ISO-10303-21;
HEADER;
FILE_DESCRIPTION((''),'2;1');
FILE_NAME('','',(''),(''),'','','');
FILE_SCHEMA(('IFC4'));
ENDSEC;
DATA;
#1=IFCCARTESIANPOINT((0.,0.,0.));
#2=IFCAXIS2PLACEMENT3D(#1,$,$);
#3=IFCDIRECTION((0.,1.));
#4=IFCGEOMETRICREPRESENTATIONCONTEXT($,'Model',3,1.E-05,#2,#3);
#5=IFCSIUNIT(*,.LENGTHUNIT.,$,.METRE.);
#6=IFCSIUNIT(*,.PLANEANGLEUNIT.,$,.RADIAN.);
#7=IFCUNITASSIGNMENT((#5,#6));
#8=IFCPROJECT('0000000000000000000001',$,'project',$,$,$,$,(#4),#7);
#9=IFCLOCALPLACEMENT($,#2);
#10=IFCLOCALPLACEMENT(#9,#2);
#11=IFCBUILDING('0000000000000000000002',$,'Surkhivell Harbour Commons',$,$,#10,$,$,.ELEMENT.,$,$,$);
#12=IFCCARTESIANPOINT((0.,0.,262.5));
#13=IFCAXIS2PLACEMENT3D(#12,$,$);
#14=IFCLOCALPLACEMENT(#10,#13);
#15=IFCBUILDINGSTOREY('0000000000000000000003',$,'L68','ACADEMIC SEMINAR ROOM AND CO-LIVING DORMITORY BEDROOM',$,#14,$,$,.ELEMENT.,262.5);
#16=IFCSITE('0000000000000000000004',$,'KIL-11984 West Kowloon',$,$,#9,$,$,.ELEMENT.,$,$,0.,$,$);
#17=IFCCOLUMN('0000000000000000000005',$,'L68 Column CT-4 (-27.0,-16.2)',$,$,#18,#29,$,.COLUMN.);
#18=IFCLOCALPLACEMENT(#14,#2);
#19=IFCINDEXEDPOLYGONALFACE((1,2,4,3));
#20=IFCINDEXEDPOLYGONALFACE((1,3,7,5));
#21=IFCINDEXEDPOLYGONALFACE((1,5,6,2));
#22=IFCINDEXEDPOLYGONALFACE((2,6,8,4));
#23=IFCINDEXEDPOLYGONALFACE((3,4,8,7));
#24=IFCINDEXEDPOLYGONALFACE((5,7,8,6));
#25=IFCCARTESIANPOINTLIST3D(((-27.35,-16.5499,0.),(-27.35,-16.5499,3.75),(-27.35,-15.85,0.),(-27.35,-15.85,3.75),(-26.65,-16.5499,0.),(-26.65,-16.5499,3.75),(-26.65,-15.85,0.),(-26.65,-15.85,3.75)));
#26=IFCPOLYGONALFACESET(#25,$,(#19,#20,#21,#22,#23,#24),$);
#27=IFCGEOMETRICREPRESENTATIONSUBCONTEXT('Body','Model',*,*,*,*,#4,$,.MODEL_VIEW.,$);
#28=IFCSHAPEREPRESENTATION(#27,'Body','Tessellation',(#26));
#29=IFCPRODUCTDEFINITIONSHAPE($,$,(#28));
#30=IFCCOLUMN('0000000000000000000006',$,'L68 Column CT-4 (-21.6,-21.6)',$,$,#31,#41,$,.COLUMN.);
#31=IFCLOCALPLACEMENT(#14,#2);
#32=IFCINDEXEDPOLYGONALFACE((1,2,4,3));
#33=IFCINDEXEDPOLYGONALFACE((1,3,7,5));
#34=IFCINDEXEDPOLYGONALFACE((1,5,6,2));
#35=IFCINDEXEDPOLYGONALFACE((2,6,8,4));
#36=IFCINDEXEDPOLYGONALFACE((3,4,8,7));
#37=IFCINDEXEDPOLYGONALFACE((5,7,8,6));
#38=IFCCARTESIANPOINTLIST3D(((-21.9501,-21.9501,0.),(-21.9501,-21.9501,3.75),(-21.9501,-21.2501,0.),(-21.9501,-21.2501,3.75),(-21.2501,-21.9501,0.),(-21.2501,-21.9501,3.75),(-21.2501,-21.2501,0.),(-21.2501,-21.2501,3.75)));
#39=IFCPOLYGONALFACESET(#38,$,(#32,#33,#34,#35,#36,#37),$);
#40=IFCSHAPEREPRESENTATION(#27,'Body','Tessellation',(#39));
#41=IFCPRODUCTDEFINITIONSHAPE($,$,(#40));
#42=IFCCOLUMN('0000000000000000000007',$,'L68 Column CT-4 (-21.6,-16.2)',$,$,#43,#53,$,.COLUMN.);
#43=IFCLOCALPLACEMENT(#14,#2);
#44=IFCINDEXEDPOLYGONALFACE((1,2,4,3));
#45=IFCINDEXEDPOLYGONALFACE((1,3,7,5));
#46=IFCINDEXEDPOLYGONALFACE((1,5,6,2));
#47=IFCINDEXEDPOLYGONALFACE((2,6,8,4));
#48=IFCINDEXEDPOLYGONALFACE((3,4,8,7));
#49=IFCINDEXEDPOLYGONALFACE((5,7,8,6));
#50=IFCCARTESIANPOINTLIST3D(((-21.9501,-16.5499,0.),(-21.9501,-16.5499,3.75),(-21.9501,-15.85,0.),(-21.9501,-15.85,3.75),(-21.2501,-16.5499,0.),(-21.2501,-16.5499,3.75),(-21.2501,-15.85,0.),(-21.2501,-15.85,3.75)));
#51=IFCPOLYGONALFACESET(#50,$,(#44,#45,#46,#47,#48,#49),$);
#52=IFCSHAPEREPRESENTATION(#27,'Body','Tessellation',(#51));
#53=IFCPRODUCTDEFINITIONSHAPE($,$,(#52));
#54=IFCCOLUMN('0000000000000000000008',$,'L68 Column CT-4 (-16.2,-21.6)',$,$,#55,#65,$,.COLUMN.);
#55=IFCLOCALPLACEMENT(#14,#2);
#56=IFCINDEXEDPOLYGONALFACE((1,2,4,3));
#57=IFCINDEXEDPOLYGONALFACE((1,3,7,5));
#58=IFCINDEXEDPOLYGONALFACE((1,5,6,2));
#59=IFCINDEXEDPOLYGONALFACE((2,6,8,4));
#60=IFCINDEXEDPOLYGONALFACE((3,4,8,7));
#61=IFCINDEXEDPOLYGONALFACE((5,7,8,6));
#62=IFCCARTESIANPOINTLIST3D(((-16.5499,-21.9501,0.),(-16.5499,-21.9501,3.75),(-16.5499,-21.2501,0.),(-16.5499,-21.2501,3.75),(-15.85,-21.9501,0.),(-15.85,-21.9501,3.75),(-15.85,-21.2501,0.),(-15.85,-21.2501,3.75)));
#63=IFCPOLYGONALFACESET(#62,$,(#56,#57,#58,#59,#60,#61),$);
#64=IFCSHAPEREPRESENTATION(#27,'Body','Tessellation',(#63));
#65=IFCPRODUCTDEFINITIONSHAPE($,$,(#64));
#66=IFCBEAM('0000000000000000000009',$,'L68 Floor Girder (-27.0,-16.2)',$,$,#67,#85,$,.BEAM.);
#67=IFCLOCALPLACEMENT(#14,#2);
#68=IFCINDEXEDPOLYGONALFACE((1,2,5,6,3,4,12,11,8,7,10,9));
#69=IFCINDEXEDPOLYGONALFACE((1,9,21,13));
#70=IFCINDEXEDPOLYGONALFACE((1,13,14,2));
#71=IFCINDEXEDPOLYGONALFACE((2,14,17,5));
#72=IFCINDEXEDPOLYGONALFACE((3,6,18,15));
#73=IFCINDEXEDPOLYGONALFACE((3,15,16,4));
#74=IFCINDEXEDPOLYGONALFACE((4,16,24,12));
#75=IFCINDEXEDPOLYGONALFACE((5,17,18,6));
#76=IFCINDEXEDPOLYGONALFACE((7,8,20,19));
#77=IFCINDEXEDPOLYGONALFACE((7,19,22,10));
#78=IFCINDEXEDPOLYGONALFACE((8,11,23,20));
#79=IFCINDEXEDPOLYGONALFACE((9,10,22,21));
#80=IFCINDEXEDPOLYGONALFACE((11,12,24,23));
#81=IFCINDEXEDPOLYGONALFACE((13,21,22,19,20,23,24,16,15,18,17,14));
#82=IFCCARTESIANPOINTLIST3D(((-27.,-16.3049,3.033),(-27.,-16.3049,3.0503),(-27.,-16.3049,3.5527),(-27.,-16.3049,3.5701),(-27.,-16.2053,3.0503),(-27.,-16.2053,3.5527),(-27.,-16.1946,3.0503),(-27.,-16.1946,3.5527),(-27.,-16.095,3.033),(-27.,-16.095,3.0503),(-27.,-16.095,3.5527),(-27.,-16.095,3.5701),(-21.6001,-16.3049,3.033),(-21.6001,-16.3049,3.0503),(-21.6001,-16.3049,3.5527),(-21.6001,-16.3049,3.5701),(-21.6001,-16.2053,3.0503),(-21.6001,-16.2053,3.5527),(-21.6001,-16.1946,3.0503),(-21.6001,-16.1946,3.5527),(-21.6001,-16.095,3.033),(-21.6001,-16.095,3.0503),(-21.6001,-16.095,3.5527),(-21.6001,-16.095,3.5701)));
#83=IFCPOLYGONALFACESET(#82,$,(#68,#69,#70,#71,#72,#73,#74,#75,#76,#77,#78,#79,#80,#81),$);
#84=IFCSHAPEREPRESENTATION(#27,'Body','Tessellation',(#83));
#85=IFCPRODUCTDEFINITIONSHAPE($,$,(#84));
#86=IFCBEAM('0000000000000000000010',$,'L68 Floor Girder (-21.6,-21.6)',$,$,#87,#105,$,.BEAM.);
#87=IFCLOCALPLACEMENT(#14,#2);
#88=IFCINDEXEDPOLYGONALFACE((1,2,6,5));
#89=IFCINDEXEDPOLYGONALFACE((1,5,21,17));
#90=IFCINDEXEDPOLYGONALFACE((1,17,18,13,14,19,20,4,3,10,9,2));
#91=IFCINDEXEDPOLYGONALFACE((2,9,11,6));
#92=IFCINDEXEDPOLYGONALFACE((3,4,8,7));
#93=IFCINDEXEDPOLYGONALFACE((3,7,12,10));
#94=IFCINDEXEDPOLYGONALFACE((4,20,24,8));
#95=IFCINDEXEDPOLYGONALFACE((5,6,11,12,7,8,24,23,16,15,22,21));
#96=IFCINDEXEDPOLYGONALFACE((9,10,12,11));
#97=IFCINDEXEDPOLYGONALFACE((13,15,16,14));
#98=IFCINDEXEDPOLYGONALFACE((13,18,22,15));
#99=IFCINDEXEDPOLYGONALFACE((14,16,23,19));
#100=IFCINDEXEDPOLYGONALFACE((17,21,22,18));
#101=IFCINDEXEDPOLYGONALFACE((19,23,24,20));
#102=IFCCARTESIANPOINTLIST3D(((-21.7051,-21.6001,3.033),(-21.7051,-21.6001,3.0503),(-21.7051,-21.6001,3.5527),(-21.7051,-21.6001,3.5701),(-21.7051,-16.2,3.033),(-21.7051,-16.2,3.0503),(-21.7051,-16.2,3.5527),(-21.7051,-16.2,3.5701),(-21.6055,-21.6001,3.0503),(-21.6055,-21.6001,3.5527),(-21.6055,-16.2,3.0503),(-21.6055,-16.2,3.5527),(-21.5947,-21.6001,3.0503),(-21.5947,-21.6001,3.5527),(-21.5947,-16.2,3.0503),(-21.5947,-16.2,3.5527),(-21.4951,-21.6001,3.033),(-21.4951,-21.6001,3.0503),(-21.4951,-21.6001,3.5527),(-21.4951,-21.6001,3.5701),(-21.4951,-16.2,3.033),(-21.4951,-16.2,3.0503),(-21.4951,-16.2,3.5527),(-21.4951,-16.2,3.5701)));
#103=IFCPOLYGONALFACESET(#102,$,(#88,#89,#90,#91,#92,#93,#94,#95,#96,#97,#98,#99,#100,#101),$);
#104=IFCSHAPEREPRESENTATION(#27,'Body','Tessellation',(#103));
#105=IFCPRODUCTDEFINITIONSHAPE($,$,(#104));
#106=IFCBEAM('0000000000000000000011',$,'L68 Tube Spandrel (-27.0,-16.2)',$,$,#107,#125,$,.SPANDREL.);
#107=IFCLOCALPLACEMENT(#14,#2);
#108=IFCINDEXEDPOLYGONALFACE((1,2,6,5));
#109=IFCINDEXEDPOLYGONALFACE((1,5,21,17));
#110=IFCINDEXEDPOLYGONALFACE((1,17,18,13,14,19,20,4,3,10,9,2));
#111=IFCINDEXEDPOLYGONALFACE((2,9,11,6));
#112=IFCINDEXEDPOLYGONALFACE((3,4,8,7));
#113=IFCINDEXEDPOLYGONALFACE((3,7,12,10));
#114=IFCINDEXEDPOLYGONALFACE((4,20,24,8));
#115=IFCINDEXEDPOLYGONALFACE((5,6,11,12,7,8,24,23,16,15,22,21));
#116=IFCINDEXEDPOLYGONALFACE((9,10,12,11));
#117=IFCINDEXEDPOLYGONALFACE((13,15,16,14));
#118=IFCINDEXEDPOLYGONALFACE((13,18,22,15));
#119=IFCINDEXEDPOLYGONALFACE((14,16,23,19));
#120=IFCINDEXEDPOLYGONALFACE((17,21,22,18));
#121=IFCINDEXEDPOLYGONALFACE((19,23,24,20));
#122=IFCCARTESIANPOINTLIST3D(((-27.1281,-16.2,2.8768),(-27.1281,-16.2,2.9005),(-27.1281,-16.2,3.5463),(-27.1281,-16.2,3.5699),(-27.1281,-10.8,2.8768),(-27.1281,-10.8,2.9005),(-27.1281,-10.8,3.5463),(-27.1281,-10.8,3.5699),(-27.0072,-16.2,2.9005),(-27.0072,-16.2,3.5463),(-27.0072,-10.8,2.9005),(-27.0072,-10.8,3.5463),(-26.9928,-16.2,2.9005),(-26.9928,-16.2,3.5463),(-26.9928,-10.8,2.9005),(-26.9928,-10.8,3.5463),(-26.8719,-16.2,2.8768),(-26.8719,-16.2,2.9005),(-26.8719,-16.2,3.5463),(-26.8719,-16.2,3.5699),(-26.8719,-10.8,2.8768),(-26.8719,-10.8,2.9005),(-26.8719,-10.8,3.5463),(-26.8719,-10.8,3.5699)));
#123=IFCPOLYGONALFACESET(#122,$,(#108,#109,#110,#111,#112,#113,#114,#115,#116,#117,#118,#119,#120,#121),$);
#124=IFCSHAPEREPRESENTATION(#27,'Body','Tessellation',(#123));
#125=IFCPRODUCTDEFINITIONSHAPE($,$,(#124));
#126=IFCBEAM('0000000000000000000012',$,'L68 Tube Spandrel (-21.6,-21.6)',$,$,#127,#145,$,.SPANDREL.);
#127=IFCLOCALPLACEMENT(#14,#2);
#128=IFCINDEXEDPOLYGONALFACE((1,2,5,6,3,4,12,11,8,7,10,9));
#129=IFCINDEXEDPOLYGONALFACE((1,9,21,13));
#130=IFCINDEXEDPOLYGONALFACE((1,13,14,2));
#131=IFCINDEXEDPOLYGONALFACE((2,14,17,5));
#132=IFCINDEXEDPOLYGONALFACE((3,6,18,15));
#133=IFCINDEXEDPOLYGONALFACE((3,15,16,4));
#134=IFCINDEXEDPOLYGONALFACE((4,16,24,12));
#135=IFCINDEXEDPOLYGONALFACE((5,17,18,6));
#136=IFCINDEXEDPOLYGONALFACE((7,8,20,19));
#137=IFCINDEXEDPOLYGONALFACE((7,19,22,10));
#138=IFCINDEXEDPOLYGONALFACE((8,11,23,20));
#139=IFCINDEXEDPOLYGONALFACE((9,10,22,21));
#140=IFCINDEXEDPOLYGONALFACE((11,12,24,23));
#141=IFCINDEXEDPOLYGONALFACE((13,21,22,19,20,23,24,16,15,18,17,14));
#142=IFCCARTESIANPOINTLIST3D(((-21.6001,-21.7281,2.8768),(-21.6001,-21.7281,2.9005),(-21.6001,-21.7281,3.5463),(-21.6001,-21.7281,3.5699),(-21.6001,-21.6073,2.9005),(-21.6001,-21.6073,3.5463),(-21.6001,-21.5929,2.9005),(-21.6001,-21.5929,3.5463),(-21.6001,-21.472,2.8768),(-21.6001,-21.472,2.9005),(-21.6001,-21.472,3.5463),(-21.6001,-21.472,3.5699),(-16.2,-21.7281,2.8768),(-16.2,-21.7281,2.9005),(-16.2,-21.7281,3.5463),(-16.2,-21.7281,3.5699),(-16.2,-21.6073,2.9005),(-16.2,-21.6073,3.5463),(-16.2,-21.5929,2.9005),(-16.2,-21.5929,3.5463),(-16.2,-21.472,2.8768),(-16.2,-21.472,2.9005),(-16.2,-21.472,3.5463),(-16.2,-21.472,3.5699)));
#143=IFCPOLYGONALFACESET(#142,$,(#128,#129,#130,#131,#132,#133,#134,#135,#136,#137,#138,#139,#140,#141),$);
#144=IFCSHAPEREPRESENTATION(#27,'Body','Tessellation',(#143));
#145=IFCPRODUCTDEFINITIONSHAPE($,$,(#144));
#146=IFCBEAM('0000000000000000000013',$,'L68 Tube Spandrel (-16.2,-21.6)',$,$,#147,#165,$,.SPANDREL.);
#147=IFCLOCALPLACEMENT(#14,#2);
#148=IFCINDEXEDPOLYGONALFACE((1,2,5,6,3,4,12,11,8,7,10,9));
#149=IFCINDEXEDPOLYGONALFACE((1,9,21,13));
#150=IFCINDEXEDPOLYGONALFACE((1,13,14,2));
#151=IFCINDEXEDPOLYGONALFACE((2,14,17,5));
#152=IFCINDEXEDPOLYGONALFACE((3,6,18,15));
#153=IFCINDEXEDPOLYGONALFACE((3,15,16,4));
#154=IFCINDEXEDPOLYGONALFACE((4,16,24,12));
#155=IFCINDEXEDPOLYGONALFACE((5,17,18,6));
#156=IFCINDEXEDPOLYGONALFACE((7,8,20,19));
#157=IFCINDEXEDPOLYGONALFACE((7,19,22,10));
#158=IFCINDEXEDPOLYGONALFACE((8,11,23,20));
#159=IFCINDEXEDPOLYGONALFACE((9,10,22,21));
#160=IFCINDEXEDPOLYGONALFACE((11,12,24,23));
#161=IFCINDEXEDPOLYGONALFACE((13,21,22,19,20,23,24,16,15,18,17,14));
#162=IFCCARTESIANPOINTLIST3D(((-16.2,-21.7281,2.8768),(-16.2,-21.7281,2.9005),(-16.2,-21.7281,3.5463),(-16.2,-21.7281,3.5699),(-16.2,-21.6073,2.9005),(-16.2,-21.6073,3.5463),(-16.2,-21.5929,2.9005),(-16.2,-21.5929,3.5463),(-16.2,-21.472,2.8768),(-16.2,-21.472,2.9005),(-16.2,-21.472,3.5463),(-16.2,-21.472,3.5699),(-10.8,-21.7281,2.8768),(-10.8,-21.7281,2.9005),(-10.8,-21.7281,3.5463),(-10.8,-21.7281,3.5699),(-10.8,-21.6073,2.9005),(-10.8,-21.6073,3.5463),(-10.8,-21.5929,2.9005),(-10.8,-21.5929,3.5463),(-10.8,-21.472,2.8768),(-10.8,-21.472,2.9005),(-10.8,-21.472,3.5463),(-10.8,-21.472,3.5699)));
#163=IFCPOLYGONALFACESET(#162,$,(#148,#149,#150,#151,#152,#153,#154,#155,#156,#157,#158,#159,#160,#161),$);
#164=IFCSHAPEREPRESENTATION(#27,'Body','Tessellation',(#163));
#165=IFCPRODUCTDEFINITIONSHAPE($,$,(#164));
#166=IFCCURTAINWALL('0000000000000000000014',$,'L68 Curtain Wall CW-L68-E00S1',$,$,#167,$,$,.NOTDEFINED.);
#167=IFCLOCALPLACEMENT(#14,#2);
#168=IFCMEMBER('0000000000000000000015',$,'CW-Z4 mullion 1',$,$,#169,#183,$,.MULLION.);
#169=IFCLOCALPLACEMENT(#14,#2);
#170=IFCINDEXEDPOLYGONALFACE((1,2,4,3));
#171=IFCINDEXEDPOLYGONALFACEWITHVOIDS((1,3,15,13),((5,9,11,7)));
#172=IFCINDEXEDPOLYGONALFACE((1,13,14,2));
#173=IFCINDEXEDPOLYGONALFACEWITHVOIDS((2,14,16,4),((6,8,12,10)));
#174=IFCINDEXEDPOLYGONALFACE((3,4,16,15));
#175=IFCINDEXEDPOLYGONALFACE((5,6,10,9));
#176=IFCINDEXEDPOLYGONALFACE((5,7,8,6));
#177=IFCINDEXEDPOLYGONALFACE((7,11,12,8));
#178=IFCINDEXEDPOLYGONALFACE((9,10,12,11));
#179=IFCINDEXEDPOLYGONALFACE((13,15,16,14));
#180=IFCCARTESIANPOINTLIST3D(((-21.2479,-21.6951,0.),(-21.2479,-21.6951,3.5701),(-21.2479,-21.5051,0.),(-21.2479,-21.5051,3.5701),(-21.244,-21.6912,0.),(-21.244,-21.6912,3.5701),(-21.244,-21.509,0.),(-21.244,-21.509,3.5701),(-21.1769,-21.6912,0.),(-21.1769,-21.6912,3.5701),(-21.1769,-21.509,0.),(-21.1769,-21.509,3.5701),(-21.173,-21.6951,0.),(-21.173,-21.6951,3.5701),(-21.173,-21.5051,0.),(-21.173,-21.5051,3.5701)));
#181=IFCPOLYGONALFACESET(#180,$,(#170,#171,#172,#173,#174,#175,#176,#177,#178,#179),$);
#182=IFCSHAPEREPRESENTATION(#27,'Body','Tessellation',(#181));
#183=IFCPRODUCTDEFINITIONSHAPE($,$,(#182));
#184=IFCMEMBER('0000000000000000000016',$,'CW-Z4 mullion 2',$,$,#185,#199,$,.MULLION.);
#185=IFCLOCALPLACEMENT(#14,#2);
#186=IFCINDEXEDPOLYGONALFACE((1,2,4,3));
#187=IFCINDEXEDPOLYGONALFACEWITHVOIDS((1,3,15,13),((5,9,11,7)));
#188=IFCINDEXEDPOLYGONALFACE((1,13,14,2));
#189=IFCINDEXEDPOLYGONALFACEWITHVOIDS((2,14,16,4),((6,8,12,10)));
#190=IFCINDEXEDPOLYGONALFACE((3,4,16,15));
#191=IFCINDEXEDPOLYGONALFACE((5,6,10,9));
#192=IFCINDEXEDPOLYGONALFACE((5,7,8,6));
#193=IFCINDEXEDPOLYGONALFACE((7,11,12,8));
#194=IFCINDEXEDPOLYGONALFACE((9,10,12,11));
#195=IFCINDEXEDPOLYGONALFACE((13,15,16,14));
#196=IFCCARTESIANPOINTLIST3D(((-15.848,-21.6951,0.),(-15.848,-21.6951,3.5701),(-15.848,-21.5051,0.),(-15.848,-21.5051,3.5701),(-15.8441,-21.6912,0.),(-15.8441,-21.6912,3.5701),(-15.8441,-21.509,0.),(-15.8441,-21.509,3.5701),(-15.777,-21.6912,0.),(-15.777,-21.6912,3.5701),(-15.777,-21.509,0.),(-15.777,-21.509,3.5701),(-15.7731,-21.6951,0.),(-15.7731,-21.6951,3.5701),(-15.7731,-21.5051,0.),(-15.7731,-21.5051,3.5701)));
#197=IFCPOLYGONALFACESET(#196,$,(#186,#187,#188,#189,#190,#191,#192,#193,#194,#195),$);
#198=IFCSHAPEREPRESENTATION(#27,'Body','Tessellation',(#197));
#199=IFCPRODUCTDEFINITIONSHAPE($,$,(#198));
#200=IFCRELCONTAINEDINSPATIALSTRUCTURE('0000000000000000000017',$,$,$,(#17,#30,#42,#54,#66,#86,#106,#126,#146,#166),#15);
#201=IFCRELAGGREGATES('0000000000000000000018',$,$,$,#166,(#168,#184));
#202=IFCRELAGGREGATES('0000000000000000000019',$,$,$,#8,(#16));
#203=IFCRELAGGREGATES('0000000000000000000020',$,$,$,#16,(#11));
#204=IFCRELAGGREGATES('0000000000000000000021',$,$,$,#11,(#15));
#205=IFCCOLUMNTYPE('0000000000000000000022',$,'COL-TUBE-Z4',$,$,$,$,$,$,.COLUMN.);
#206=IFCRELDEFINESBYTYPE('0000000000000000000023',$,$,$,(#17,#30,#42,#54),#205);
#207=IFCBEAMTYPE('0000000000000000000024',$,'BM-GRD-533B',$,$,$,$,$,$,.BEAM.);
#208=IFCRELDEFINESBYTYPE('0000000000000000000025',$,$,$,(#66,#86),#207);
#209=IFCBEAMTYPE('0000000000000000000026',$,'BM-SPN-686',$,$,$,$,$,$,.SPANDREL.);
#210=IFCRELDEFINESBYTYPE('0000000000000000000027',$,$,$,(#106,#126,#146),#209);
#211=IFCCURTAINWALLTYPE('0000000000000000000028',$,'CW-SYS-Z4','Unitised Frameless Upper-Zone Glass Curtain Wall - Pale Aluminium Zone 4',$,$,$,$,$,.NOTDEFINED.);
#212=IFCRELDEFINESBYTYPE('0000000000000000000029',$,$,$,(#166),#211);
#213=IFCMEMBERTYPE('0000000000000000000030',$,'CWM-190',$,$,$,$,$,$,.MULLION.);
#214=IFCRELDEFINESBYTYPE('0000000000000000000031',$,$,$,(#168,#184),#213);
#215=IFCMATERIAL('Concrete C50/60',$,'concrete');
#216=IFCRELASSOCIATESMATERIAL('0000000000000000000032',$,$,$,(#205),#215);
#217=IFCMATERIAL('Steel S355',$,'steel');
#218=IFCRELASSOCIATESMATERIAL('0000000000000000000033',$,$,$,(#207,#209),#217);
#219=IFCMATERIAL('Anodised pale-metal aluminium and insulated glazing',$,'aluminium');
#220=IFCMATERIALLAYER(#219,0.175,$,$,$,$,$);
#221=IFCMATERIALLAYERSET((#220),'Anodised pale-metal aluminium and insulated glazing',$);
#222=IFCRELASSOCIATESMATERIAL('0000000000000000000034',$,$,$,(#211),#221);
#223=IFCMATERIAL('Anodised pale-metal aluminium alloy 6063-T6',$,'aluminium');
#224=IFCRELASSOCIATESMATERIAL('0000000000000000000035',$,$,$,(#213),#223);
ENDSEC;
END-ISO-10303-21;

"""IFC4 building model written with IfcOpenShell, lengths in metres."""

from ifc_helpers import new_model, si_unit, direction, frame, origin, origin_2d, place, context, subcontext, project, spatial, rectangle, hollow_rectangle, i_section, extrude, material, layer, layer_set, material_profile, profile_set, type_object, element, aggregate, save


model = new_model("IFC4")

# Units and contexts
model_context = context("Model", 3, precision=1e-05, world=origin(), true_north=direction((0.0, 1.0)))
body_context = subcontext(model_context, "Body", "Model", "MODEL_VIEW")
ifc_project = project(units=[si_unit("LENGTHUNIT", "METRE"), si_unit("PLANEANGLEUNIT", "RADIAN")], contexts=[model_context])

# Site, building, storey
site_placement = place(None, origin())
site = spatial("IfcSite", under=ifc_project, at=site_placement, Name="KIL-11984 West Kowloon", CompositionType="ELEMENT", RefElevation=0.0)
building_placement = place(site_placement, origin())
building = spatial("IfcBuilding", under=site, at=building_placement, Name="Surkhivell Harbour Commons", CompositionType="ELEMENT")
storey_placement = place(building_placement, frame((0.0, 0.0, 262.5)))
storey = spatial("IfcBuildingStorey", under=building, at=storey_placement, Name="L68", Description="ACADEMIC SEMINAR ROOM AND CO-LIVING DORMITORY BEDROOM", CompositionType="ELEMENT", Elevation=262.5)

# Columns
ifc_material_1 = material(Name="Concrete C50/60", Category="concrete")
ifc_material_profile_1 = material_profile(ifc_material_1, rectangle(XDim=0.7, YDim=0.7, at=origin_2d()), Name="RC-COL-700x700")
ifc_profile_set_1 = profile_set([ifc_material_profile_1], Name="Concrete C50/60")
column_type = type_object("IfcColumnType", Name="COL-TUBE-Z4", PredefinedType="COLUMN", material=ifc_profile_set_1)
for number, where, z_axis, x_axis, name in (
    (1, (-27.0, -16.2, 0.0), (0.0, 0.0, 1.0), (1.0, 0.0, 0.0), "L68 Column CT-4 (-27.0,-16.2)"),
    (2, (-21.6001, -21.6001, 0.0), (0.0, 0.0, 1.0), (1.0, 0.0, 0.0), "L68 Column CT-4 (-21.6,-21.6)"),
    (3, (-21.6001, -16.2, 0.0), (0.0, 0.0, 1.0), (1.0, 0.0, 0.0), "L68 Column CT-4 (-21.6,-16.2)"),
    (4, (-16.2, -21.6001, 0.0), (0.0, 0.0, 1.0), (1.0, 0.0, 0.0), "L68 Column CT-4 (-16.2,-21.6)"),
):
    element("IfcColumn", number, at=place(storey_placement, frame(where, z_axis=z_axis, x_axis=x_axis)), inside=storey, type_object=column_type, Name=name, PredefinedType="COLUMN", context=body_context, shape_type="SweptSolid", body=[
        extrude(rectangle(XDim=0.7, YDim=0.7, at=origin_2d()), origin(), (0.0, 0.0, 1.0), 3.75),
    ])

# Beams
ifc_material_2 = material(Name="Steel S355", Category="steel")
ifc_material_profile_2 = material_profile(ifc_material_2, i_section(OverallWidth=0.21, OverallDepth=0.5371, WebThickness=0.0107, FlangeThickness=0.0173, at=origin_2d()), Name="UB533x210x101")
ifc_profile_set_2 = profile_set([ifc_material_profile_2], Name="Steel S355")
beam_type_1 = type_object("IfcBeamType", Name="BM-GRD-533B", PredefinedType="BEAM", material=ifc_profile_set_2)
beam_1_placement = place(storey_placement, frame((-27.0, -16.2, 3.3015), z_axis=(1.0, 0.0, 0.0), x_axis=(0.0, 1.0, 0.0)))
element("IfcBeam", 5, at=beam_1_placement, inside=storey, type_object=beam_type_1, Name="L68 Floor Girder (-27.0,-16.2)", PredefinedType="BEAM", context=body_context, shape_type="SweptSolid", body=[
    extrude(i_section(OverallWidth=0.21, OverallDepth=0.5371, WebThickness=0.0107, FlangeThickness=0.0173, at=origin_2d()), origin(), (0.0, 0.0, 1.0), 5.3999),
])
beam_2_placement = place(storey_placement, frame((-21.6001, -21.6001, 3.3015), z_axis=(0.0, 1.0, 0.0), x_axis=(-1.0, 0.0, 0.0)))
element("IfcBeam", 6, at=beam_2_placement, inside=storey, type_object=beam_type_1, Name="L68 Floor Girder (-21.6,-21.6)", PredefinedType="BEAM", context=body_context, shape_type="SweptSolid", body=[
    extrude(i_section(OverallWidth=0.21, OverallDepth=0.5371, WebThickness=0.0107, FlangeThickness=0.0173, at=origin_2d()), origin(), (0.0, 0.0, 1.0), 5.4001),
])
ifc_material_profile_3 = material_profile(ifc_material_2, i_section(OverallWidth=0.2561, OverallDepth=0.6931, WebThickness=0.0144, FlangeThickness=0.0237, at=origin_2d()), Name="UB686x254x170")
ifc_profile_set_3 = profile_set([ifc_material_profile_3], Name="Steel S355")
beam_type_2 = type_object("IfcBeamType", Name="BM-SPN-686", PredefinedType="SPANDREL", material=ifc_profile_set_3)
beam_3_placement = place(storey_placement, frame((-27.0, -16.2, 3.2234), z_axis=(0.0, 1.0, 0.0), x_axis=(-1.0, 0.0, 0.0)))
element("IfcBeam", 7, at=beam_3_placement, inside=storey, type_object=beam_type_2, Name="L68 Tube Spandrel (-27.0,-16.2)", PredefinedType="SPANDREL", context=body_context, shape_type="SweptSolid", body=[
    extrude(i_section(OverallWidth=0.2561, OverallDepth=0.6931, WebThickness=0.0144, FlangeThickness=0.0237, at=origin_2d()), origin(), (0.0, 0.0, 1.0), 5.3999),
])
beam_4_placement = place(storey_placement, frame((-21.6001, -21.6001, 3.2234), z_axis=(1.0, 0.0, 0.0), x_axis=(0.0, 1.0, 0.0)))
element("IfcBeam", 8, at=beam_4_placement, inside=storey, type_object=beam_type_2, Name="L68 Tube Spandrel (-21.6,-21.6)", PredefinedType="SPANDREL", context=body_context, shape_type="SweptSolid", body=[
    extrude(i_section(OverallWidth=0.2561, OverallDepth=0.6931, WebThickness=0.0144, FlangeThickness=0.0237, at=origin_2d()), origin(), (0.0, 0.0, 1.0), 5.4001),
])
beam_5_placement = place(storey_placement, frame((-16.2, -21.6001, 3.2234), z_axis=(1.0, 0.0, 0.0), x_axis=(0.0, 1.0, 0.0)))
element("IfcBeam", 9, at=beam_5_placement, inside=storey, type_object=beam_type_2, Name="L68 Tube Spandrel (-16.2,-21.6)", PredefinedType="SPANDREL", context=body_context, shape_type="SweptSolid", body=[
    extrude(i_section(OverallWidth=0.2561, OverallDepth=0.6931, WebThickness=0.0144, FlangeThickness=0.0237, at=origin_2d()), origin(), (0.0, 0.0, 1.0), 5.3999),
])

# Curtain wall, members
ifc_material_3 = material(Name="Anodised pale-metal aluminium and insulated glazing", Category="aluminium")
ifc_layer_1 = layer(ifc_material_3, 0.175)
ifc_layer_set_1 = layer_set([ifc_layer_1], Name="Anodised pale-metal aluminium and insulated glazing")
curtain_wall_type = type_object("IfcCurtainWallType", Name="CW-SYS-Z4", Description="Unitised Frameless Upper-Zone Glass Curtain Wall - Pale Aluminium Zone 4", PredefinedType="NOTDEFINED", material=ifc_layer_set_1)
curtain_wall_placement = place(storey_placement, origin())
curtain_wall = element("IfcCurtainWall", 10, at=curtain_wall_placement, inside=storey, type_object=curtain_wall_type, Name="L68 Curtain Wall CW-L68-E00S1", PredefinedType="NOTDEFINED")
ifc_material_4 = material(Name="Anodised pale-metal aluminium alloy 6063-T6", Category="aluminium")
ifc_material_profile_4 = material_profile(ifc_material_4, hollow_rectangle(XDim=0.075, YDim=0.1899, WallThickness=0.0039, at=origin_2d()), Name="ALU-MULL-75x190")
ifc_profile_set_4 = profile_set([ifc_material_profile_4], Name="Anodised pale-metal aluminium alloy 6063-T6")
member_type_1 = type_object("IfcMemberType", Name="CWM-190", PredefinedType="MULLION", material=ifc_profile_set_4)
member_1_placement = place(storey_placement, frame((-21.2104, -21.6001, 0.0), z_axis=(0.0, 0.0, 1.0), x_axis=(1.0, 0.0, 0.0)))
member_1 = element("IfcMember", 11, at=member_1_placement, type_object=member_type_1, Name="CW-Z4 mullion 1", PredefinedType="MULLION", context=body_context, shape_type="SweptSolid", body=[
    extrude(hollow_rectangle(XDim=0.075, YDim=0.1899, WallThickness=0.0039, at=origin_2d()), origin(), (0.0, 0.0, 1.0), 3.5701),
])
member_2_placement = place(storey_placement, frame((-15.8105, -21.6001, 0.0), z_axis=(0.0, 0.0, 1.0), x_axis=(1.0, 0.0, 0.0)))
member_2 = element("IfcMember", 12, at=member_2_placement, type_object=member_type_1, Name="CW-Z4 mullion 2", PredefinedType="MULLION", context=body_context, shape_type="SweptSolid", body=[
    extrude(hollow_rectangle(XDim=0.075, YDim=0.1899, WallThickness=0.0039, at=origin_2d()), origin(), (0.0, 0.0, 1.0), 3.5701),
])

aggregate(curtain_wall, [member_1, member_2])

save(model, "model.ifc")
